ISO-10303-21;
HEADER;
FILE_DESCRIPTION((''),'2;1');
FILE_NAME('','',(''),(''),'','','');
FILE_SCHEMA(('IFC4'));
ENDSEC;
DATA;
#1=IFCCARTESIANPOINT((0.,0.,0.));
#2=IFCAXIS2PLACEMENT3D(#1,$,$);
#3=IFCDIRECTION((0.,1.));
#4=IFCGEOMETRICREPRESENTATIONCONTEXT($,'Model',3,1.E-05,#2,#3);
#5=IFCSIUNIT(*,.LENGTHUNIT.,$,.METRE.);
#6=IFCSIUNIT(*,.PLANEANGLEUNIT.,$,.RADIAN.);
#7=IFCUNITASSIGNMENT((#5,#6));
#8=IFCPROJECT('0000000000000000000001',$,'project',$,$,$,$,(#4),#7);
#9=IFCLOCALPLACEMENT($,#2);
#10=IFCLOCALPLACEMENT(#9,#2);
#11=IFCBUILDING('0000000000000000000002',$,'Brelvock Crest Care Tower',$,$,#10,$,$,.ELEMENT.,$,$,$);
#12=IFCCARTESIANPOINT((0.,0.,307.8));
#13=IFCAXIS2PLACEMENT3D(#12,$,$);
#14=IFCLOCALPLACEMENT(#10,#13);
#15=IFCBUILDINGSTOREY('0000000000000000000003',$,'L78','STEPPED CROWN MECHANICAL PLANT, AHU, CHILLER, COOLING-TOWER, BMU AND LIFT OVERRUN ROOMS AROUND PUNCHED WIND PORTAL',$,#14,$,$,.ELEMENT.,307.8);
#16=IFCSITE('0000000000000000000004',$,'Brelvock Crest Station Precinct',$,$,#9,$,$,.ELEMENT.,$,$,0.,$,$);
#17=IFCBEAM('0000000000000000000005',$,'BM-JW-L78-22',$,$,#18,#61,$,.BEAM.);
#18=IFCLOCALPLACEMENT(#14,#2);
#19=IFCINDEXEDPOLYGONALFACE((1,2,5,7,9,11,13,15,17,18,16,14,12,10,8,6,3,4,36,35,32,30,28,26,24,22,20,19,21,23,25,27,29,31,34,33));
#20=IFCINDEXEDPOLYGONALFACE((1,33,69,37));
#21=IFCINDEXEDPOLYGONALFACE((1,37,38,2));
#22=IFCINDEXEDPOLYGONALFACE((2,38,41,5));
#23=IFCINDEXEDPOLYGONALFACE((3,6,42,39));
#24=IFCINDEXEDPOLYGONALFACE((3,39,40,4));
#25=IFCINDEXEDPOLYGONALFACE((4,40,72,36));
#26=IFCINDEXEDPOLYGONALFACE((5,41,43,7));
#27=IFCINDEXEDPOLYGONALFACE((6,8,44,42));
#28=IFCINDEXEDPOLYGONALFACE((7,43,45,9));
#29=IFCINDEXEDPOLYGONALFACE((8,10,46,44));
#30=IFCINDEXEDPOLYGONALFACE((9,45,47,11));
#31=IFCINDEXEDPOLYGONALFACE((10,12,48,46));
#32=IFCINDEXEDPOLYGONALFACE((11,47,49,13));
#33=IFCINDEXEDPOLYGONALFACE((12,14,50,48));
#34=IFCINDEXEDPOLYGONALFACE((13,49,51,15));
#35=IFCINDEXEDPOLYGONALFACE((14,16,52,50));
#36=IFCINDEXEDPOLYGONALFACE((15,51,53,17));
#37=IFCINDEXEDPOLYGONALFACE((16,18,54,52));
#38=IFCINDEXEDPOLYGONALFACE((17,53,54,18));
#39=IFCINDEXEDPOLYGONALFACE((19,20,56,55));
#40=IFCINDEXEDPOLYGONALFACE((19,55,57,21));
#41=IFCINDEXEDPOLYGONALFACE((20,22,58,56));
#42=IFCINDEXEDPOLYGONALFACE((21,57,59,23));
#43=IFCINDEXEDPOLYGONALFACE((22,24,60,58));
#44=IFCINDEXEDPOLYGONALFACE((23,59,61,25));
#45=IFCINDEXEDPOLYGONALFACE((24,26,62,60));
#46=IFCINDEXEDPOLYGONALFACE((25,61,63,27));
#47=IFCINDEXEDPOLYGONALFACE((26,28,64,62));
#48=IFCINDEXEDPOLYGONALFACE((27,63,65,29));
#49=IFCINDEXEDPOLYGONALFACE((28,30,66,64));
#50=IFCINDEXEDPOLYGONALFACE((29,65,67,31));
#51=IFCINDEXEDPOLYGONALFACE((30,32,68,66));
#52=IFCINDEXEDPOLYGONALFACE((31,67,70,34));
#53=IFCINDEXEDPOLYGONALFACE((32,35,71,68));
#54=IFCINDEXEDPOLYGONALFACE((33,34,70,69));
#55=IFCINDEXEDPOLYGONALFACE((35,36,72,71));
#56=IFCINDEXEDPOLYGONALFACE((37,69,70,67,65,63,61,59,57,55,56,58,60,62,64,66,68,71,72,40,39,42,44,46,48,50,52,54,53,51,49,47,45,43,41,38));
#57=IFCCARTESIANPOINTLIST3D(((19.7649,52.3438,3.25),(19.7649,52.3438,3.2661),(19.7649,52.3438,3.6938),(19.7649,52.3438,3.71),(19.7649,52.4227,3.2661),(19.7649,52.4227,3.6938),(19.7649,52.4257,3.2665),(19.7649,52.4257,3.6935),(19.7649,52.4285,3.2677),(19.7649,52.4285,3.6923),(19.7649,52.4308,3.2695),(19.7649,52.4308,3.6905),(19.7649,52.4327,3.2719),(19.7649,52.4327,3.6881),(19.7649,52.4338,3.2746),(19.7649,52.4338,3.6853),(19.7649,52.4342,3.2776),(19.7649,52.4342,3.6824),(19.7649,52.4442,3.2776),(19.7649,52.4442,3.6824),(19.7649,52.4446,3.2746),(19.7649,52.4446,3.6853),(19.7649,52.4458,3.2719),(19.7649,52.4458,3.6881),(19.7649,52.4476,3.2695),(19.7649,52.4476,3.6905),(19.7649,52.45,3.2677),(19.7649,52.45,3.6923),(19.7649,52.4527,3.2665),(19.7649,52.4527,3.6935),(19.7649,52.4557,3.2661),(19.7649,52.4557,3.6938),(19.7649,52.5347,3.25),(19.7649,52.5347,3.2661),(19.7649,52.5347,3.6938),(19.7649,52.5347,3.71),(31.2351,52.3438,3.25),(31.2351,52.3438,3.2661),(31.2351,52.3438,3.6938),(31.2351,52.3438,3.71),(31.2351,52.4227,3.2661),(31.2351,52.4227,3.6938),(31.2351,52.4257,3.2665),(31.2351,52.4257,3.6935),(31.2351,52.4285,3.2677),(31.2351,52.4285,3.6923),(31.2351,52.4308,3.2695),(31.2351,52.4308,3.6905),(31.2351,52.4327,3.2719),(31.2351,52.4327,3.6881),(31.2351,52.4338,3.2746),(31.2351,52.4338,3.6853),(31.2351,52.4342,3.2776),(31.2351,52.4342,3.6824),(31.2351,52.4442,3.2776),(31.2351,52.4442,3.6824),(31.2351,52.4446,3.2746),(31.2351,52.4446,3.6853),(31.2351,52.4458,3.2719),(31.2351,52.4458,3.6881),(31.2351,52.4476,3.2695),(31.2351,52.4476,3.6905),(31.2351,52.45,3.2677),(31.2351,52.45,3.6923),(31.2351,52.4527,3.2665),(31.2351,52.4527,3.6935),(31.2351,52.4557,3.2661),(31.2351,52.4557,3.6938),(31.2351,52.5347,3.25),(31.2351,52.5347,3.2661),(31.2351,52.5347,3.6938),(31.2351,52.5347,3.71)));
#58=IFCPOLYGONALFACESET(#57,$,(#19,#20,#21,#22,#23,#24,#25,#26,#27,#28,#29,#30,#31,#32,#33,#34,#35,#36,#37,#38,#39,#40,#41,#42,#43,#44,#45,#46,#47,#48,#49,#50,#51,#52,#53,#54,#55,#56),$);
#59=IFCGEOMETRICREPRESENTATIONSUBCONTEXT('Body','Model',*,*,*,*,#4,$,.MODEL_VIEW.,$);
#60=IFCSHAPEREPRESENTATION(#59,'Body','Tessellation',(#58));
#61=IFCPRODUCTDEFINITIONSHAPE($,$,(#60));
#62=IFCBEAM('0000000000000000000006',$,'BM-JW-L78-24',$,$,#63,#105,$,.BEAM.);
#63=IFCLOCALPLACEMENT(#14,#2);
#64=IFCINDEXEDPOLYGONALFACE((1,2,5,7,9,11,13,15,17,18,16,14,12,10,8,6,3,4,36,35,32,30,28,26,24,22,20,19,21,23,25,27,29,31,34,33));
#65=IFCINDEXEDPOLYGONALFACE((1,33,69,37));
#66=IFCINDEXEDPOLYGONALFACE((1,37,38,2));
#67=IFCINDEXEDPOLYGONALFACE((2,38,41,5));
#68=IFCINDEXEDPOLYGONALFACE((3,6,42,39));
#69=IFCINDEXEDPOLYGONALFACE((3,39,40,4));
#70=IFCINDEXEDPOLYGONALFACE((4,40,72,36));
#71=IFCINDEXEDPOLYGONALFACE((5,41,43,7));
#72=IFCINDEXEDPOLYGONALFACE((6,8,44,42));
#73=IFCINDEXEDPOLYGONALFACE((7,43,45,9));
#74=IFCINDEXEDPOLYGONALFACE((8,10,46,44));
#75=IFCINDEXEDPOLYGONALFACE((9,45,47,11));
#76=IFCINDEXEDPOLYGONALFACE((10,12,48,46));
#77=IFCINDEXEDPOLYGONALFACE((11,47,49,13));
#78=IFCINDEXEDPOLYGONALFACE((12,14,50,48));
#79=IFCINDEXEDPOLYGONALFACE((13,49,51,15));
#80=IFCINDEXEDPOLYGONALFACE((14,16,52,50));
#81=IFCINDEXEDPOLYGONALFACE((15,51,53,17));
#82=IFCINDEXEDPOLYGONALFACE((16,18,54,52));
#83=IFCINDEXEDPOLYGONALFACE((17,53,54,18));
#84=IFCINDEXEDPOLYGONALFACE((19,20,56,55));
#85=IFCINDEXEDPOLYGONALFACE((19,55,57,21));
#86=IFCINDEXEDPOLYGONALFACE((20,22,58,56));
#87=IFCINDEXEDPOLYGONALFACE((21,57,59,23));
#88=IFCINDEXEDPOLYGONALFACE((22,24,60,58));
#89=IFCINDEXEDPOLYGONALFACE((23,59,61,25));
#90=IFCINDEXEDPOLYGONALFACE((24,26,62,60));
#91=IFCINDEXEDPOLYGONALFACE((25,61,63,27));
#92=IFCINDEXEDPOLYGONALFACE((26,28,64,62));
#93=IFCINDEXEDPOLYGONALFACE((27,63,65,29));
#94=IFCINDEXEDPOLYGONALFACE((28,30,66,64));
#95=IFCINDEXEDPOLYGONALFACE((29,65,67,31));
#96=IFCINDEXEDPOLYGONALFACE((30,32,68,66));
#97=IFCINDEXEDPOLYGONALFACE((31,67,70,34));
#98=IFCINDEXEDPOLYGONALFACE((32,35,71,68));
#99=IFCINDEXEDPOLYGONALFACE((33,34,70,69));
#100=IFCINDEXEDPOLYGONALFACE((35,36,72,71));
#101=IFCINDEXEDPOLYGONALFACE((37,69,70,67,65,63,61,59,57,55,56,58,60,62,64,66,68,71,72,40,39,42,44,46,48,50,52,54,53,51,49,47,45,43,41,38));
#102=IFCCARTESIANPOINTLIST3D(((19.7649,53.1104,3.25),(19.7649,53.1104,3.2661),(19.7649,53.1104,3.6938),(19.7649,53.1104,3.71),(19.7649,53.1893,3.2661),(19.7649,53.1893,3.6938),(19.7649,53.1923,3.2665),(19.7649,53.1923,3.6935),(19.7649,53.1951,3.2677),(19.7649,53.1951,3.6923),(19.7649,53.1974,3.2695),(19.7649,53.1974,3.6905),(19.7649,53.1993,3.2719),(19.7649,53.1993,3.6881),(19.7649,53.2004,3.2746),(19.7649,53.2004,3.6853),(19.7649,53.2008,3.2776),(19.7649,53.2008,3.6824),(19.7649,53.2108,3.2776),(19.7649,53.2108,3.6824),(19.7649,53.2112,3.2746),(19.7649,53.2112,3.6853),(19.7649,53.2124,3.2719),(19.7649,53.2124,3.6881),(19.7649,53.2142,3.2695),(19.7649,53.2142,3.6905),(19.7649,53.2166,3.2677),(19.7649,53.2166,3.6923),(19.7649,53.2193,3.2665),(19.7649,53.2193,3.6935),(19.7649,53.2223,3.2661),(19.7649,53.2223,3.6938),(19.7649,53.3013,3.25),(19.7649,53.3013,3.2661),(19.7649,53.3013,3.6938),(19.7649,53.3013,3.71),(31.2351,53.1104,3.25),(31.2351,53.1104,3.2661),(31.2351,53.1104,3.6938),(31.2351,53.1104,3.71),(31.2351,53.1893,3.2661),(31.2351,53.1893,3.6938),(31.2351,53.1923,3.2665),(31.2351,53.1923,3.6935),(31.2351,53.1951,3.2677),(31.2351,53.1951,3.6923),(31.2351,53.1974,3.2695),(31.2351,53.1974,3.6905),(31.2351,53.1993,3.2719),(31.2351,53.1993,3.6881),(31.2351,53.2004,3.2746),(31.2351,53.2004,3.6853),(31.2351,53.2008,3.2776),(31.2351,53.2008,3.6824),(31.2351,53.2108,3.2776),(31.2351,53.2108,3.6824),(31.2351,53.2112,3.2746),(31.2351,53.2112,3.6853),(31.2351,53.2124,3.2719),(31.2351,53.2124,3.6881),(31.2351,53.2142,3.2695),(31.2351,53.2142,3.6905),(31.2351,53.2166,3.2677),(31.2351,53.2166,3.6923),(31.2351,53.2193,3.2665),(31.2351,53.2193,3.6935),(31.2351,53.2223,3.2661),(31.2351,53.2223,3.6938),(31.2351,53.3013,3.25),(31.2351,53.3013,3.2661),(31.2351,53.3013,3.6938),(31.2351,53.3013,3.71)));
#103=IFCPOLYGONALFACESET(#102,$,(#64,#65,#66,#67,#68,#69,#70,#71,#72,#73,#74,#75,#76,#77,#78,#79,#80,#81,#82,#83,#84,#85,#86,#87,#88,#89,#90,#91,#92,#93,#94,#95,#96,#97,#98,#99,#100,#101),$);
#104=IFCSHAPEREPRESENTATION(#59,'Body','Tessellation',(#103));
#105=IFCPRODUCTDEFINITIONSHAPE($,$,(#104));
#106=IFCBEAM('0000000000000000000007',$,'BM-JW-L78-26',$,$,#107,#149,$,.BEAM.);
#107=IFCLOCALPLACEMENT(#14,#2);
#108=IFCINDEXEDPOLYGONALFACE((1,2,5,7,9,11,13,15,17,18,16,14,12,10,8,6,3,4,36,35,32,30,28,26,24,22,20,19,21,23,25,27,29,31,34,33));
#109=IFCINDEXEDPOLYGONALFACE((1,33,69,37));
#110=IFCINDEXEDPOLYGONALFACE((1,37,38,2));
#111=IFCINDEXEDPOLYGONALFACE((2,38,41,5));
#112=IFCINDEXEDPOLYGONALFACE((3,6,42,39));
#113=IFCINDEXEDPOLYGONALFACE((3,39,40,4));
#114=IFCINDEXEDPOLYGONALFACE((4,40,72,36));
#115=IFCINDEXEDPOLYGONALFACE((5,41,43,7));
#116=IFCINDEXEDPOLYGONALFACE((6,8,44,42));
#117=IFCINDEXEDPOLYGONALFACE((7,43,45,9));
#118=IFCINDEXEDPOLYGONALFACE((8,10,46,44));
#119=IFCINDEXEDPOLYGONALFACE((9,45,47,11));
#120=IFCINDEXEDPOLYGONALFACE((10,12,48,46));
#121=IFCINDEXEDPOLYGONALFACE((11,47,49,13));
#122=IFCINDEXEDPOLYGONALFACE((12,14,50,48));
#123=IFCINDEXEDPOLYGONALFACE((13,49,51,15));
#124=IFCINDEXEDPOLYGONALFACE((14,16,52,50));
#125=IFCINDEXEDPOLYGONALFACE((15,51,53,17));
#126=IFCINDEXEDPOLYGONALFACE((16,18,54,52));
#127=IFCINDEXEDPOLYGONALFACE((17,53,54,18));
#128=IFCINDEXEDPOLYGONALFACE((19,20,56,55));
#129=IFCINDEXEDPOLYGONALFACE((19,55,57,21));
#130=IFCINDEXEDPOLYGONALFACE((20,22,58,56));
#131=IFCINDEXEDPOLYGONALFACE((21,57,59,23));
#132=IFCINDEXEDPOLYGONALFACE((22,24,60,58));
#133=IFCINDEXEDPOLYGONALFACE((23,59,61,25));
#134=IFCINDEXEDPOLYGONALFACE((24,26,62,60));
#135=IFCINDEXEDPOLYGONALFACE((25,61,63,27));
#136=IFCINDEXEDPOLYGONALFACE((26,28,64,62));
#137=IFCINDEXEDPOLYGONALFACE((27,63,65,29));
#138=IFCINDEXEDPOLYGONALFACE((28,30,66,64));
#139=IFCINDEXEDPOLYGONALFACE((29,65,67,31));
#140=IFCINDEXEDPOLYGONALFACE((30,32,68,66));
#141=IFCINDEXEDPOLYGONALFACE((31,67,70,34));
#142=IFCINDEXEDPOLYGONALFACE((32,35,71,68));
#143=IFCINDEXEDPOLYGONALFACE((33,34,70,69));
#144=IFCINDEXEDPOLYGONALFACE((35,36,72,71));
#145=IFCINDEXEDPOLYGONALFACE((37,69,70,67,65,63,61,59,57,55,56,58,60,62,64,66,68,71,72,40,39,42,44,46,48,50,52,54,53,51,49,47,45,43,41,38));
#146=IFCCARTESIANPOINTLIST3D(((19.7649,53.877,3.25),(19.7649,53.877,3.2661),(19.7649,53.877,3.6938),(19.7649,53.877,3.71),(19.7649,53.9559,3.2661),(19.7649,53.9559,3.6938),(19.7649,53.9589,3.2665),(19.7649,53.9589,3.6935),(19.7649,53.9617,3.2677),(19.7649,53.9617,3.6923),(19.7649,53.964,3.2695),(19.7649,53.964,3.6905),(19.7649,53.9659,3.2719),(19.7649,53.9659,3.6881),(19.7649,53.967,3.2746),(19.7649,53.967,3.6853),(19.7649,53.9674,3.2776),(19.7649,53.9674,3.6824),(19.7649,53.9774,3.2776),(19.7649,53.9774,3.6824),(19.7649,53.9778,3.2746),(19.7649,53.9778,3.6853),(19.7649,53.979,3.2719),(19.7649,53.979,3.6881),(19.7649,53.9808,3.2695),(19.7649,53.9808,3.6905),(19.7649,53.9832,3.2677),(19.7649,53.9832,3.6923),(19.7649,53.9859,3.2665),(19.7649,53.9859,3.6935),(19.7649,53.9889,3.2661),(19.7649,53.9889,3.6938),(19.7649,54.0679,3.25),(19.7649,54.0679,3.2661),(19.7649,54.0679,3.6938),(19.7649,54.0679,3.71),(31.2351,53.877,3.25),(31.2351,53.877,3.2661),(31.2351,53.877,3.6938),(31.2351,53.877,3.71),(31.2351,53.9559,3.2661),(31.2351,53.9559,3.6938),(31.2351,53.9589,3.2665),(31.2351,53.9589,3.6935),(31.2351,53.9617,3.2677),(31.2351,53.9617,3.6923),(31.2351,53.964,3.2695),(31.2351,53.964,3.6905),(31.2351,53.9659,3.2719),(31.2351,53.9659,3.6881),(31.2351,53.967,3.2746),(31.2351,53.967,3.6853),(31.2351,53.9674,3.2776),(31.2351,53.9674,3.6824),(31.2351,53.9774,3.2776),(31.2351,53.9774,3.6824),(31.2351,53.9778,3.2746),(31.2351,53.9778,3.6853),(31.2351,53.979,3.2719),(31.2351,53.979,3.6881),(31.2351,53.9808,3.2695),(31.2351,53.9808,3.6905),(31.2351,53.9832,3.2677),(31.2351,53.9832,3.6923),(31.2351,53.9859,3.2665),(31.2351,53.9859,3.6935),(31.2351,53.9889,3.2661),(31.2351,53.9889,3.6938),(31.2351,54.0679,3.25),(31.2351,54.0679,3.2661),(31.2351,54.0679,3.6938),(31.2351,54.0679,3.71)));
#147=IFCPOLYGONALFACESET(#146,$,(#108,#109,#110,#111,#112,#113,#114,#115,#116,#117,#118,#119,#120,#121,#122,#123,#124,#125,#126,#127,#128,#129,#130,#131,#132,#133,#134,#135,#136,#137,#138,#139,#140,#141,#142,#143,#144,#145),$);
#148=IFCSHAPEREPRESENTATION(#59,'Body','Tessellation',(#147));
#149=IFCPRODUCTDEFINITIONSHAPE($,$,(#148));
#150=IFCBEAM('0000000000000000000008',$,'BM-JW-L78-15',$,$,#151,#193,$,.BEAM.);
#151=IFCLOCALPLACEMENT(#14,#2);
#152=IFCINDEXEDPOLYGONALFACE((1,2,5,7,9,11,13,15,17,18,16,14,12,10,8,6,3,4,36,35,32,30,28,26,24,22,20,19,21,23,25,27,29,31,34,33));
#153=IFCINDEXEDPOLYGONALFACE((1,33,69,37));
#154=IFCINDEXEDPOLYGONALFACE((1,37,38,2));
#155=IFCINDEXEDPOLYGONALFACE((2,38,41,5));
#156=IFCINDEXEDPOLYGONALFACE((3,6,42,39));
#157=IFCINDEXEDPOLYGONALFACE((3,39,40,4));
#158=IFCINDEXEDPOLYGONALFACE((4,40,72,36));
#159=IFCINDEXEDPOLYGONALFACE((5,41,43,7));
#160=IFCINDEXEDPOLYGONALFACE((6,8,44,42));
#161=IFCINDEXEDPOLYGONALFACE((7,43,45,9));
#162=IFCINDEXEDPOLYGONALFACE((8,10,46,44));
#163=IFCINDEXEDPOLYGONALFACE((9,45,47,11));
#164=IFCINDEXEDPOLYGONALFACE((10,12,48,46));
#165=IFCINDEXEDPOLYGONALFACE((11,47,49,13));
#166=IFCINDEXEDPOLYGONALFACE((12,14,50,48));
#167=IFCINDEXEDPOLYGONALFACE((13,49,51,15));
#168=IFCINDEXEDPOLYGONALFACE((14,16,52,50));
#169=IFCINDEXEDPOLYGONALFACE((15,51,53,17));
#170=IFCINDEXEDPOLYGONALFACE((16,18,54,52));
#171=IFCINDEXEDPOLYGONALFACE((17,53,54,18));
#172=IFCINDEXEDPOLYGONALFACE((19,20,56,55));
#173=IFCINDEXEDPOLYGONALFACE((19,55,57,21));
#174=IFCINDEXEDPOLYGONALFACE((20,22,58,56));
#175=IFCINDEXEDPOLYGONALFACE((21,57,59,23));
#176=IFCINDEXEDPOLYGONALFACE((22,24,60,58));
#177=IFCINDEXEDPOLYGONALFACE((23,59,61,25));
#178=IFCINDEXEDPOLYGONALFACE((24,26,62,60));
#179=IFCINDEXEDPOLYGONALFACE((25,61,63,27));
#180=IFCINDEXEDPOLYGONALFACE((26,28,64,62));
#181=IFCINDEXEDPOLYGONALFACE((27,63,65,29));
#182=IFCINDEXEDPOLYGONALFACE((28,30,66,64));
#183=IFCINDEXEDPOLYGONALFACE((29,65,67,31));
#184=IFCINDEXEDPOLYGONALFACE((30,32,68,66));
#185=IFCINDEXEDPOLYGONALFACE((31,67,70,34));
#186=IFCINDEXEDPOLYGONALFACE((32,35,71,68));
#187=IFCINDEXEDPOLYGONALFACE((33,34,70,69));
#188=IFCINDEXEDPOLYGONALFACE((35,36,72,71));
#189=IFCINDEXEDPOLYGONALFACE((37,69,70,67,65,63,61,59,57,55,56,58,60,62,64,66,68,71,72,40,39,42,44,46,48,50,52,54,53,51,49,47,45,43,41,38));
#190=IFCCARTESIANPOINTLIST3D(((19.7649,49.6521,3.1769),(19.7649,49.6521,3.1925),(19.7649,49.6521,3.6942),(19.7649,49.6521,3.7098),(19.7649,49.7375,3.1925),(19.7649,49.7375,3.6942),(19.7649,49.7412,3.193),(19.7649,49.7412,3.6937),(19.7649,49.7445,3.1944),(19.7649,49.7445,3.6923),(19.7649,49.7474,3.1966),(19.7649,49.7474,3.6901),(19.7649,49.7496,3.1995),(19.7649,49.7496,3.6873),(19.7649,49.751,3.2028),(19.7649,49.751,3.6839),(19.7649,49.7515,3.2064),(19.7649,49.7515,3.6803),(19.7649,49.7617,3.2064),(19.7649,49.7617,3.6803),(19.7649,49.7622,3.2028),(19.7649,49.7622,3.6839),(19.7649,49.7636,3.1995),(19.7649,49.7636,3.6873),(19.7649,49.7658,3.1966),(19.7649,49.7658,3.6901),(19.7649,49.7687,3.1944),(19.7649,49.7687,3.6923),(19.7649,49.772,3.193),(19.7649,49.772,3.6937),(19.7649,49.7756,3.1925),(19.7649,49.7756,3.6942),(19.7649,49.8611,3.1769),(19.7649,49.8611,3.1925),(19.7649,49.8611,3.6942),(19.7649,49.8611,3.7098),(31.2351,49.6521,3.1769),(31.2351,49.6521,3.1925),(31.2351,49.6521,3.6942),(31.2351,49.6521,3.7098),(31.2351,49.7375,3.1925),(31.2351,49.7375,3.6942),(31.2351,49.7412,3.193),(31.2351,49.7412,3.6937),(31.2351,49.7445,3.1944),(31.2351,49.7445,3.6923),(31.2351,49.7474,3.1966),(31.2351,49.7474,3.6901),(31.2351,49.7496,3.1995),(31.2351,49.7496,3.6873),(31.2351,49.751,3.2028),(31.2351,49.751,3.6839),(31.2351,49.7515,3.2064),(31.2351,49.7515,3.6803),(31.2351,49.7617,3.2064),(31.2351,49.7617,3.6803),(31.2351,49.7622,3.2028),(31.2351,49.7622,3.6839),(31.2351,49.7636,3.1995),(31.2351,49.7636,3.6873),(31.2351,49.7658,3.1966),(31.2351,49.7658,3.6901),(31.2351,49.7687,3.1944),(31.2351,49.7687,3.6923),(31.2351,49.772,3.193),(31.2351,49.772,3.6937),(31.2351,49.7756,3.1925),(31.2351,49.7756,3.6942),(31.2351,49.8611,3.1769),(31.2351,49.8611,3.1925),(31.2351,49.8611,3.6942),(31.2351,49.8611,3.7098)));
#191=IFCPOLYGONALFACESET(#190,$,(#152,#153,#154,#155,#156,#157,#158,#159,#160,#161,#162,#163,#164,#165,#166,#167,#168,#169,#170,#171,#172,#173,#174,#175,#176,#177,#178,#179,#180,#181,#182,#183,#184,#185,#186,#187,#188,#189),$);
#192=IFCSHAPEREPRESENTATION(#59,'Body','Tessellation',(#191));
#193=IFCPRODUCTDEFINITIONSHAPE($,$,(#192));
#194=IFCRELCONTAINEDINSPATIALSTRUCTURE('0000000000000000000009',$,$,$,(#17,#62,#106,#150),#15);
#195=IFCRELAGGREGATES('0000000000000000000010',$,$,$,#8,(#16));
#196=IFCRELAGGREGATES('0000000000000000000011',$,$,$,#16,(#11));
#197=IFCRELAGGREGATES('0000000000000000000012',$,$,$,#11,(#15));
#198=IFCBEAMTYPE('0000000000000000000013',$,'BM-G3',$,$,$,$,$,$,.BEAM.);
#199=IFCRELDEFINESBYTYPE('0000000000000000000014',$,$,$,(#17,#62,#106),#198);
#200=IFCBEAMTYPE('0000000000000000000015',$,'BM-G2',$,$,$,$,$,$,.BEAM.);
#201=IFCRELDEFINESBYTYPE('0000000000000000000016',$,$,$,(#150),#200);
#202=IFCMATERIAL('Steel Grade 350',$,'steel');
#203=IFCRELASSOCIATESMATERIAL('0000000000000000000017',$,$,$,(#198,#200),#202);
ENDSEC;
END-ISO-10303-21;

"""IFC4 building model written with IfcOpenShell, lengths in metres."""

from ifc_helpers import new_model, si_unit, direction, frame, origin, origin_2d, place, context, subcontext, project, spatial, i_section, extrude, source, transform, mapped, material, material_profile, profile_set, type_object, element, save


model = new_model("IFC4")

# Units and contexts
model_context = context("Model", 3, precision=1e-05, world=origin(), true_north=direction((0.0, 1.0)))
body_context = subcontext(model_context, "Body", "Model", "MODEL_VIEW")
ifc_project = project(units=[si_unit("LENGTHUNIT", "METRE"), si_unit("PLANEANGLEUNIT", "RADIAN")], contexts=[model_context])

# Site, building, storey
site_placement = place(None, origin())
site = spatial("IfcSite", under=ifc_project, at=site_placement, Name="Brelvock Crest Station Precinct", CompositionType="ELEMENT", RefElevation=0.0)
building_placement = place(site_placement, origin())
building = spatial("IfcBuilding", under=site, at=building_placement, Name="Brelvock Crest Care Tower", CompositionType="ELEMENT")
storey_placement = place(building_placement, frame((0.0, 0.0, 307.8)))
storey = spatial("IfcBuildingStorey", under=building, at=storey_placement, Name="L78", Description="STEPPED CROWN MECHANICAL PLANT, AHU, CHILLER, COOLING-TOWER, BMU AND LIFT OVERRUN ROOMS AROUND PUNCHED WIND PORTAL", CompositionType="ELEMENT", Elevation=307.8)

# Shared definitions
ifc_material_1 = material(Name="Steel Grade 350", Category="steel")

# Beams
ifc_material_profile_1 = material_profile(ifc_material_1, i_section(OverallWidth=0.1909, OverallDepth=0.46, WebThickness=0.01, FlangeThickness=0.0161, FilletRadius=0.0115, at=origin_2d()), Name="460UB82.1")
ifc_profile_set_1 = profile_set([ifc_material_profile_1], Name="Steel Grade 350")
beam_type_1 = type_object("IfcBeamType", Name="BM-G3", PredefinedType="BEAM", material=ifc_profile_set_1)
shared_shape_1 = source(origin(), body_context, "Body", "SweptSolid", [
    extrude(i_section(OverallWidth=0.1909, OverallDepth=0.46, WebThickness=0.01, FlangeThickness=0.0161, FilletRadius=0.0115, at=origin_2d()), origin(), (0.0, 0.0, 1.0), 11.4702),
])
for number, where, z_axis, x_axis, name in (
    (1, (19.7649, 52.4392, 3.48), (1.0, 0.0, 0.0), (0.0, 1.0, 0.0), "BM-JW-L78-22"),
    (2, (19.7649, 53.2058, 3.48), (1.0, 0.0, 0.0), (0.0, 1.0, 0.0), "BM-JW-L78-24"),
    (3, (19.7649, 53.9724, 3.48), (1.0, 0.0, 0.0), (0.0, 1.0, 0.0), "BM-JW-L78-26"),
):
    element("IfcBeam", number, at=place(storey_placement, frame(where, z_axis=z_axis, x_axis=x_axis)), inside=storey, type_object=beam_type_1, Name=name, PredefinedType="BEAM", context=body_context, shape_type="MappedRepresentation", body=[
        mapped(shared_shape_1, transform((0.0, 0.0, 0.0), x_axis=(1.0, 0.0, 0.0), y_axis=(0.0, 1.0, 0.0), z_axis=(0.0, 0.0, 1.0), scale=1.0)),
    ])
ifc_material_profile_2 = material_profile(ifc_material_1, i_section(OverallWidth=0.209, OverallDepth=0.533, WebThickness=0.0103, FlangeThickness=0.0156, FilletRadius=0.0139, at=origin_2d()), Name="530UB92.4")
ifc_profile_set_2 = profile_set([ifc_material_profile_2], Name="Steel Grade 350")
beam_type_2 = type_object("IfcBeamType", Name="BM-G2", PredefinedType="BEAM", material=ifc_profile_set_2)
shared_shape_2 = source(origin(), body_context, "Body", "SweptSolid", [
    extrude(i_section(OverallWidth=0.209, OverallDepth=0.533, WebThickness=0.0103, FlangeThickness=0.0156, FilletRadius=0.0139, at=origin_2d()), origin(), (0.0, 0.0, 1.0), 11.4702),
])
for number, where, z_axis, x_axis, name in (
    (4, (19.7649, 49.7566, 3.4434), (1.0, 0.0, 0.0), (0.0, 1.0, 0.0), "BM-JW-L78-15"),
):
    element("IfcBeam", number, at=place(storey_placement, frame(where, z_axis=z_axis, x_axis=x_axis)), inside=storey, type_object=beam_type_2, Name=name, PredefinedType="BEAM", context=body_context, shape_type="MappedRepresentation", body=[
        mapped(shared_shape_2, transform((0.0, 0.0, 0.0), x_axis=(1.0, 0.0, 0.0), y_axis=(0.0, 1.0, 0.0), z_axis=(0.0, 0.0, 1.0), scale=1.0)),
    ])

save(model, "model.ifc")
